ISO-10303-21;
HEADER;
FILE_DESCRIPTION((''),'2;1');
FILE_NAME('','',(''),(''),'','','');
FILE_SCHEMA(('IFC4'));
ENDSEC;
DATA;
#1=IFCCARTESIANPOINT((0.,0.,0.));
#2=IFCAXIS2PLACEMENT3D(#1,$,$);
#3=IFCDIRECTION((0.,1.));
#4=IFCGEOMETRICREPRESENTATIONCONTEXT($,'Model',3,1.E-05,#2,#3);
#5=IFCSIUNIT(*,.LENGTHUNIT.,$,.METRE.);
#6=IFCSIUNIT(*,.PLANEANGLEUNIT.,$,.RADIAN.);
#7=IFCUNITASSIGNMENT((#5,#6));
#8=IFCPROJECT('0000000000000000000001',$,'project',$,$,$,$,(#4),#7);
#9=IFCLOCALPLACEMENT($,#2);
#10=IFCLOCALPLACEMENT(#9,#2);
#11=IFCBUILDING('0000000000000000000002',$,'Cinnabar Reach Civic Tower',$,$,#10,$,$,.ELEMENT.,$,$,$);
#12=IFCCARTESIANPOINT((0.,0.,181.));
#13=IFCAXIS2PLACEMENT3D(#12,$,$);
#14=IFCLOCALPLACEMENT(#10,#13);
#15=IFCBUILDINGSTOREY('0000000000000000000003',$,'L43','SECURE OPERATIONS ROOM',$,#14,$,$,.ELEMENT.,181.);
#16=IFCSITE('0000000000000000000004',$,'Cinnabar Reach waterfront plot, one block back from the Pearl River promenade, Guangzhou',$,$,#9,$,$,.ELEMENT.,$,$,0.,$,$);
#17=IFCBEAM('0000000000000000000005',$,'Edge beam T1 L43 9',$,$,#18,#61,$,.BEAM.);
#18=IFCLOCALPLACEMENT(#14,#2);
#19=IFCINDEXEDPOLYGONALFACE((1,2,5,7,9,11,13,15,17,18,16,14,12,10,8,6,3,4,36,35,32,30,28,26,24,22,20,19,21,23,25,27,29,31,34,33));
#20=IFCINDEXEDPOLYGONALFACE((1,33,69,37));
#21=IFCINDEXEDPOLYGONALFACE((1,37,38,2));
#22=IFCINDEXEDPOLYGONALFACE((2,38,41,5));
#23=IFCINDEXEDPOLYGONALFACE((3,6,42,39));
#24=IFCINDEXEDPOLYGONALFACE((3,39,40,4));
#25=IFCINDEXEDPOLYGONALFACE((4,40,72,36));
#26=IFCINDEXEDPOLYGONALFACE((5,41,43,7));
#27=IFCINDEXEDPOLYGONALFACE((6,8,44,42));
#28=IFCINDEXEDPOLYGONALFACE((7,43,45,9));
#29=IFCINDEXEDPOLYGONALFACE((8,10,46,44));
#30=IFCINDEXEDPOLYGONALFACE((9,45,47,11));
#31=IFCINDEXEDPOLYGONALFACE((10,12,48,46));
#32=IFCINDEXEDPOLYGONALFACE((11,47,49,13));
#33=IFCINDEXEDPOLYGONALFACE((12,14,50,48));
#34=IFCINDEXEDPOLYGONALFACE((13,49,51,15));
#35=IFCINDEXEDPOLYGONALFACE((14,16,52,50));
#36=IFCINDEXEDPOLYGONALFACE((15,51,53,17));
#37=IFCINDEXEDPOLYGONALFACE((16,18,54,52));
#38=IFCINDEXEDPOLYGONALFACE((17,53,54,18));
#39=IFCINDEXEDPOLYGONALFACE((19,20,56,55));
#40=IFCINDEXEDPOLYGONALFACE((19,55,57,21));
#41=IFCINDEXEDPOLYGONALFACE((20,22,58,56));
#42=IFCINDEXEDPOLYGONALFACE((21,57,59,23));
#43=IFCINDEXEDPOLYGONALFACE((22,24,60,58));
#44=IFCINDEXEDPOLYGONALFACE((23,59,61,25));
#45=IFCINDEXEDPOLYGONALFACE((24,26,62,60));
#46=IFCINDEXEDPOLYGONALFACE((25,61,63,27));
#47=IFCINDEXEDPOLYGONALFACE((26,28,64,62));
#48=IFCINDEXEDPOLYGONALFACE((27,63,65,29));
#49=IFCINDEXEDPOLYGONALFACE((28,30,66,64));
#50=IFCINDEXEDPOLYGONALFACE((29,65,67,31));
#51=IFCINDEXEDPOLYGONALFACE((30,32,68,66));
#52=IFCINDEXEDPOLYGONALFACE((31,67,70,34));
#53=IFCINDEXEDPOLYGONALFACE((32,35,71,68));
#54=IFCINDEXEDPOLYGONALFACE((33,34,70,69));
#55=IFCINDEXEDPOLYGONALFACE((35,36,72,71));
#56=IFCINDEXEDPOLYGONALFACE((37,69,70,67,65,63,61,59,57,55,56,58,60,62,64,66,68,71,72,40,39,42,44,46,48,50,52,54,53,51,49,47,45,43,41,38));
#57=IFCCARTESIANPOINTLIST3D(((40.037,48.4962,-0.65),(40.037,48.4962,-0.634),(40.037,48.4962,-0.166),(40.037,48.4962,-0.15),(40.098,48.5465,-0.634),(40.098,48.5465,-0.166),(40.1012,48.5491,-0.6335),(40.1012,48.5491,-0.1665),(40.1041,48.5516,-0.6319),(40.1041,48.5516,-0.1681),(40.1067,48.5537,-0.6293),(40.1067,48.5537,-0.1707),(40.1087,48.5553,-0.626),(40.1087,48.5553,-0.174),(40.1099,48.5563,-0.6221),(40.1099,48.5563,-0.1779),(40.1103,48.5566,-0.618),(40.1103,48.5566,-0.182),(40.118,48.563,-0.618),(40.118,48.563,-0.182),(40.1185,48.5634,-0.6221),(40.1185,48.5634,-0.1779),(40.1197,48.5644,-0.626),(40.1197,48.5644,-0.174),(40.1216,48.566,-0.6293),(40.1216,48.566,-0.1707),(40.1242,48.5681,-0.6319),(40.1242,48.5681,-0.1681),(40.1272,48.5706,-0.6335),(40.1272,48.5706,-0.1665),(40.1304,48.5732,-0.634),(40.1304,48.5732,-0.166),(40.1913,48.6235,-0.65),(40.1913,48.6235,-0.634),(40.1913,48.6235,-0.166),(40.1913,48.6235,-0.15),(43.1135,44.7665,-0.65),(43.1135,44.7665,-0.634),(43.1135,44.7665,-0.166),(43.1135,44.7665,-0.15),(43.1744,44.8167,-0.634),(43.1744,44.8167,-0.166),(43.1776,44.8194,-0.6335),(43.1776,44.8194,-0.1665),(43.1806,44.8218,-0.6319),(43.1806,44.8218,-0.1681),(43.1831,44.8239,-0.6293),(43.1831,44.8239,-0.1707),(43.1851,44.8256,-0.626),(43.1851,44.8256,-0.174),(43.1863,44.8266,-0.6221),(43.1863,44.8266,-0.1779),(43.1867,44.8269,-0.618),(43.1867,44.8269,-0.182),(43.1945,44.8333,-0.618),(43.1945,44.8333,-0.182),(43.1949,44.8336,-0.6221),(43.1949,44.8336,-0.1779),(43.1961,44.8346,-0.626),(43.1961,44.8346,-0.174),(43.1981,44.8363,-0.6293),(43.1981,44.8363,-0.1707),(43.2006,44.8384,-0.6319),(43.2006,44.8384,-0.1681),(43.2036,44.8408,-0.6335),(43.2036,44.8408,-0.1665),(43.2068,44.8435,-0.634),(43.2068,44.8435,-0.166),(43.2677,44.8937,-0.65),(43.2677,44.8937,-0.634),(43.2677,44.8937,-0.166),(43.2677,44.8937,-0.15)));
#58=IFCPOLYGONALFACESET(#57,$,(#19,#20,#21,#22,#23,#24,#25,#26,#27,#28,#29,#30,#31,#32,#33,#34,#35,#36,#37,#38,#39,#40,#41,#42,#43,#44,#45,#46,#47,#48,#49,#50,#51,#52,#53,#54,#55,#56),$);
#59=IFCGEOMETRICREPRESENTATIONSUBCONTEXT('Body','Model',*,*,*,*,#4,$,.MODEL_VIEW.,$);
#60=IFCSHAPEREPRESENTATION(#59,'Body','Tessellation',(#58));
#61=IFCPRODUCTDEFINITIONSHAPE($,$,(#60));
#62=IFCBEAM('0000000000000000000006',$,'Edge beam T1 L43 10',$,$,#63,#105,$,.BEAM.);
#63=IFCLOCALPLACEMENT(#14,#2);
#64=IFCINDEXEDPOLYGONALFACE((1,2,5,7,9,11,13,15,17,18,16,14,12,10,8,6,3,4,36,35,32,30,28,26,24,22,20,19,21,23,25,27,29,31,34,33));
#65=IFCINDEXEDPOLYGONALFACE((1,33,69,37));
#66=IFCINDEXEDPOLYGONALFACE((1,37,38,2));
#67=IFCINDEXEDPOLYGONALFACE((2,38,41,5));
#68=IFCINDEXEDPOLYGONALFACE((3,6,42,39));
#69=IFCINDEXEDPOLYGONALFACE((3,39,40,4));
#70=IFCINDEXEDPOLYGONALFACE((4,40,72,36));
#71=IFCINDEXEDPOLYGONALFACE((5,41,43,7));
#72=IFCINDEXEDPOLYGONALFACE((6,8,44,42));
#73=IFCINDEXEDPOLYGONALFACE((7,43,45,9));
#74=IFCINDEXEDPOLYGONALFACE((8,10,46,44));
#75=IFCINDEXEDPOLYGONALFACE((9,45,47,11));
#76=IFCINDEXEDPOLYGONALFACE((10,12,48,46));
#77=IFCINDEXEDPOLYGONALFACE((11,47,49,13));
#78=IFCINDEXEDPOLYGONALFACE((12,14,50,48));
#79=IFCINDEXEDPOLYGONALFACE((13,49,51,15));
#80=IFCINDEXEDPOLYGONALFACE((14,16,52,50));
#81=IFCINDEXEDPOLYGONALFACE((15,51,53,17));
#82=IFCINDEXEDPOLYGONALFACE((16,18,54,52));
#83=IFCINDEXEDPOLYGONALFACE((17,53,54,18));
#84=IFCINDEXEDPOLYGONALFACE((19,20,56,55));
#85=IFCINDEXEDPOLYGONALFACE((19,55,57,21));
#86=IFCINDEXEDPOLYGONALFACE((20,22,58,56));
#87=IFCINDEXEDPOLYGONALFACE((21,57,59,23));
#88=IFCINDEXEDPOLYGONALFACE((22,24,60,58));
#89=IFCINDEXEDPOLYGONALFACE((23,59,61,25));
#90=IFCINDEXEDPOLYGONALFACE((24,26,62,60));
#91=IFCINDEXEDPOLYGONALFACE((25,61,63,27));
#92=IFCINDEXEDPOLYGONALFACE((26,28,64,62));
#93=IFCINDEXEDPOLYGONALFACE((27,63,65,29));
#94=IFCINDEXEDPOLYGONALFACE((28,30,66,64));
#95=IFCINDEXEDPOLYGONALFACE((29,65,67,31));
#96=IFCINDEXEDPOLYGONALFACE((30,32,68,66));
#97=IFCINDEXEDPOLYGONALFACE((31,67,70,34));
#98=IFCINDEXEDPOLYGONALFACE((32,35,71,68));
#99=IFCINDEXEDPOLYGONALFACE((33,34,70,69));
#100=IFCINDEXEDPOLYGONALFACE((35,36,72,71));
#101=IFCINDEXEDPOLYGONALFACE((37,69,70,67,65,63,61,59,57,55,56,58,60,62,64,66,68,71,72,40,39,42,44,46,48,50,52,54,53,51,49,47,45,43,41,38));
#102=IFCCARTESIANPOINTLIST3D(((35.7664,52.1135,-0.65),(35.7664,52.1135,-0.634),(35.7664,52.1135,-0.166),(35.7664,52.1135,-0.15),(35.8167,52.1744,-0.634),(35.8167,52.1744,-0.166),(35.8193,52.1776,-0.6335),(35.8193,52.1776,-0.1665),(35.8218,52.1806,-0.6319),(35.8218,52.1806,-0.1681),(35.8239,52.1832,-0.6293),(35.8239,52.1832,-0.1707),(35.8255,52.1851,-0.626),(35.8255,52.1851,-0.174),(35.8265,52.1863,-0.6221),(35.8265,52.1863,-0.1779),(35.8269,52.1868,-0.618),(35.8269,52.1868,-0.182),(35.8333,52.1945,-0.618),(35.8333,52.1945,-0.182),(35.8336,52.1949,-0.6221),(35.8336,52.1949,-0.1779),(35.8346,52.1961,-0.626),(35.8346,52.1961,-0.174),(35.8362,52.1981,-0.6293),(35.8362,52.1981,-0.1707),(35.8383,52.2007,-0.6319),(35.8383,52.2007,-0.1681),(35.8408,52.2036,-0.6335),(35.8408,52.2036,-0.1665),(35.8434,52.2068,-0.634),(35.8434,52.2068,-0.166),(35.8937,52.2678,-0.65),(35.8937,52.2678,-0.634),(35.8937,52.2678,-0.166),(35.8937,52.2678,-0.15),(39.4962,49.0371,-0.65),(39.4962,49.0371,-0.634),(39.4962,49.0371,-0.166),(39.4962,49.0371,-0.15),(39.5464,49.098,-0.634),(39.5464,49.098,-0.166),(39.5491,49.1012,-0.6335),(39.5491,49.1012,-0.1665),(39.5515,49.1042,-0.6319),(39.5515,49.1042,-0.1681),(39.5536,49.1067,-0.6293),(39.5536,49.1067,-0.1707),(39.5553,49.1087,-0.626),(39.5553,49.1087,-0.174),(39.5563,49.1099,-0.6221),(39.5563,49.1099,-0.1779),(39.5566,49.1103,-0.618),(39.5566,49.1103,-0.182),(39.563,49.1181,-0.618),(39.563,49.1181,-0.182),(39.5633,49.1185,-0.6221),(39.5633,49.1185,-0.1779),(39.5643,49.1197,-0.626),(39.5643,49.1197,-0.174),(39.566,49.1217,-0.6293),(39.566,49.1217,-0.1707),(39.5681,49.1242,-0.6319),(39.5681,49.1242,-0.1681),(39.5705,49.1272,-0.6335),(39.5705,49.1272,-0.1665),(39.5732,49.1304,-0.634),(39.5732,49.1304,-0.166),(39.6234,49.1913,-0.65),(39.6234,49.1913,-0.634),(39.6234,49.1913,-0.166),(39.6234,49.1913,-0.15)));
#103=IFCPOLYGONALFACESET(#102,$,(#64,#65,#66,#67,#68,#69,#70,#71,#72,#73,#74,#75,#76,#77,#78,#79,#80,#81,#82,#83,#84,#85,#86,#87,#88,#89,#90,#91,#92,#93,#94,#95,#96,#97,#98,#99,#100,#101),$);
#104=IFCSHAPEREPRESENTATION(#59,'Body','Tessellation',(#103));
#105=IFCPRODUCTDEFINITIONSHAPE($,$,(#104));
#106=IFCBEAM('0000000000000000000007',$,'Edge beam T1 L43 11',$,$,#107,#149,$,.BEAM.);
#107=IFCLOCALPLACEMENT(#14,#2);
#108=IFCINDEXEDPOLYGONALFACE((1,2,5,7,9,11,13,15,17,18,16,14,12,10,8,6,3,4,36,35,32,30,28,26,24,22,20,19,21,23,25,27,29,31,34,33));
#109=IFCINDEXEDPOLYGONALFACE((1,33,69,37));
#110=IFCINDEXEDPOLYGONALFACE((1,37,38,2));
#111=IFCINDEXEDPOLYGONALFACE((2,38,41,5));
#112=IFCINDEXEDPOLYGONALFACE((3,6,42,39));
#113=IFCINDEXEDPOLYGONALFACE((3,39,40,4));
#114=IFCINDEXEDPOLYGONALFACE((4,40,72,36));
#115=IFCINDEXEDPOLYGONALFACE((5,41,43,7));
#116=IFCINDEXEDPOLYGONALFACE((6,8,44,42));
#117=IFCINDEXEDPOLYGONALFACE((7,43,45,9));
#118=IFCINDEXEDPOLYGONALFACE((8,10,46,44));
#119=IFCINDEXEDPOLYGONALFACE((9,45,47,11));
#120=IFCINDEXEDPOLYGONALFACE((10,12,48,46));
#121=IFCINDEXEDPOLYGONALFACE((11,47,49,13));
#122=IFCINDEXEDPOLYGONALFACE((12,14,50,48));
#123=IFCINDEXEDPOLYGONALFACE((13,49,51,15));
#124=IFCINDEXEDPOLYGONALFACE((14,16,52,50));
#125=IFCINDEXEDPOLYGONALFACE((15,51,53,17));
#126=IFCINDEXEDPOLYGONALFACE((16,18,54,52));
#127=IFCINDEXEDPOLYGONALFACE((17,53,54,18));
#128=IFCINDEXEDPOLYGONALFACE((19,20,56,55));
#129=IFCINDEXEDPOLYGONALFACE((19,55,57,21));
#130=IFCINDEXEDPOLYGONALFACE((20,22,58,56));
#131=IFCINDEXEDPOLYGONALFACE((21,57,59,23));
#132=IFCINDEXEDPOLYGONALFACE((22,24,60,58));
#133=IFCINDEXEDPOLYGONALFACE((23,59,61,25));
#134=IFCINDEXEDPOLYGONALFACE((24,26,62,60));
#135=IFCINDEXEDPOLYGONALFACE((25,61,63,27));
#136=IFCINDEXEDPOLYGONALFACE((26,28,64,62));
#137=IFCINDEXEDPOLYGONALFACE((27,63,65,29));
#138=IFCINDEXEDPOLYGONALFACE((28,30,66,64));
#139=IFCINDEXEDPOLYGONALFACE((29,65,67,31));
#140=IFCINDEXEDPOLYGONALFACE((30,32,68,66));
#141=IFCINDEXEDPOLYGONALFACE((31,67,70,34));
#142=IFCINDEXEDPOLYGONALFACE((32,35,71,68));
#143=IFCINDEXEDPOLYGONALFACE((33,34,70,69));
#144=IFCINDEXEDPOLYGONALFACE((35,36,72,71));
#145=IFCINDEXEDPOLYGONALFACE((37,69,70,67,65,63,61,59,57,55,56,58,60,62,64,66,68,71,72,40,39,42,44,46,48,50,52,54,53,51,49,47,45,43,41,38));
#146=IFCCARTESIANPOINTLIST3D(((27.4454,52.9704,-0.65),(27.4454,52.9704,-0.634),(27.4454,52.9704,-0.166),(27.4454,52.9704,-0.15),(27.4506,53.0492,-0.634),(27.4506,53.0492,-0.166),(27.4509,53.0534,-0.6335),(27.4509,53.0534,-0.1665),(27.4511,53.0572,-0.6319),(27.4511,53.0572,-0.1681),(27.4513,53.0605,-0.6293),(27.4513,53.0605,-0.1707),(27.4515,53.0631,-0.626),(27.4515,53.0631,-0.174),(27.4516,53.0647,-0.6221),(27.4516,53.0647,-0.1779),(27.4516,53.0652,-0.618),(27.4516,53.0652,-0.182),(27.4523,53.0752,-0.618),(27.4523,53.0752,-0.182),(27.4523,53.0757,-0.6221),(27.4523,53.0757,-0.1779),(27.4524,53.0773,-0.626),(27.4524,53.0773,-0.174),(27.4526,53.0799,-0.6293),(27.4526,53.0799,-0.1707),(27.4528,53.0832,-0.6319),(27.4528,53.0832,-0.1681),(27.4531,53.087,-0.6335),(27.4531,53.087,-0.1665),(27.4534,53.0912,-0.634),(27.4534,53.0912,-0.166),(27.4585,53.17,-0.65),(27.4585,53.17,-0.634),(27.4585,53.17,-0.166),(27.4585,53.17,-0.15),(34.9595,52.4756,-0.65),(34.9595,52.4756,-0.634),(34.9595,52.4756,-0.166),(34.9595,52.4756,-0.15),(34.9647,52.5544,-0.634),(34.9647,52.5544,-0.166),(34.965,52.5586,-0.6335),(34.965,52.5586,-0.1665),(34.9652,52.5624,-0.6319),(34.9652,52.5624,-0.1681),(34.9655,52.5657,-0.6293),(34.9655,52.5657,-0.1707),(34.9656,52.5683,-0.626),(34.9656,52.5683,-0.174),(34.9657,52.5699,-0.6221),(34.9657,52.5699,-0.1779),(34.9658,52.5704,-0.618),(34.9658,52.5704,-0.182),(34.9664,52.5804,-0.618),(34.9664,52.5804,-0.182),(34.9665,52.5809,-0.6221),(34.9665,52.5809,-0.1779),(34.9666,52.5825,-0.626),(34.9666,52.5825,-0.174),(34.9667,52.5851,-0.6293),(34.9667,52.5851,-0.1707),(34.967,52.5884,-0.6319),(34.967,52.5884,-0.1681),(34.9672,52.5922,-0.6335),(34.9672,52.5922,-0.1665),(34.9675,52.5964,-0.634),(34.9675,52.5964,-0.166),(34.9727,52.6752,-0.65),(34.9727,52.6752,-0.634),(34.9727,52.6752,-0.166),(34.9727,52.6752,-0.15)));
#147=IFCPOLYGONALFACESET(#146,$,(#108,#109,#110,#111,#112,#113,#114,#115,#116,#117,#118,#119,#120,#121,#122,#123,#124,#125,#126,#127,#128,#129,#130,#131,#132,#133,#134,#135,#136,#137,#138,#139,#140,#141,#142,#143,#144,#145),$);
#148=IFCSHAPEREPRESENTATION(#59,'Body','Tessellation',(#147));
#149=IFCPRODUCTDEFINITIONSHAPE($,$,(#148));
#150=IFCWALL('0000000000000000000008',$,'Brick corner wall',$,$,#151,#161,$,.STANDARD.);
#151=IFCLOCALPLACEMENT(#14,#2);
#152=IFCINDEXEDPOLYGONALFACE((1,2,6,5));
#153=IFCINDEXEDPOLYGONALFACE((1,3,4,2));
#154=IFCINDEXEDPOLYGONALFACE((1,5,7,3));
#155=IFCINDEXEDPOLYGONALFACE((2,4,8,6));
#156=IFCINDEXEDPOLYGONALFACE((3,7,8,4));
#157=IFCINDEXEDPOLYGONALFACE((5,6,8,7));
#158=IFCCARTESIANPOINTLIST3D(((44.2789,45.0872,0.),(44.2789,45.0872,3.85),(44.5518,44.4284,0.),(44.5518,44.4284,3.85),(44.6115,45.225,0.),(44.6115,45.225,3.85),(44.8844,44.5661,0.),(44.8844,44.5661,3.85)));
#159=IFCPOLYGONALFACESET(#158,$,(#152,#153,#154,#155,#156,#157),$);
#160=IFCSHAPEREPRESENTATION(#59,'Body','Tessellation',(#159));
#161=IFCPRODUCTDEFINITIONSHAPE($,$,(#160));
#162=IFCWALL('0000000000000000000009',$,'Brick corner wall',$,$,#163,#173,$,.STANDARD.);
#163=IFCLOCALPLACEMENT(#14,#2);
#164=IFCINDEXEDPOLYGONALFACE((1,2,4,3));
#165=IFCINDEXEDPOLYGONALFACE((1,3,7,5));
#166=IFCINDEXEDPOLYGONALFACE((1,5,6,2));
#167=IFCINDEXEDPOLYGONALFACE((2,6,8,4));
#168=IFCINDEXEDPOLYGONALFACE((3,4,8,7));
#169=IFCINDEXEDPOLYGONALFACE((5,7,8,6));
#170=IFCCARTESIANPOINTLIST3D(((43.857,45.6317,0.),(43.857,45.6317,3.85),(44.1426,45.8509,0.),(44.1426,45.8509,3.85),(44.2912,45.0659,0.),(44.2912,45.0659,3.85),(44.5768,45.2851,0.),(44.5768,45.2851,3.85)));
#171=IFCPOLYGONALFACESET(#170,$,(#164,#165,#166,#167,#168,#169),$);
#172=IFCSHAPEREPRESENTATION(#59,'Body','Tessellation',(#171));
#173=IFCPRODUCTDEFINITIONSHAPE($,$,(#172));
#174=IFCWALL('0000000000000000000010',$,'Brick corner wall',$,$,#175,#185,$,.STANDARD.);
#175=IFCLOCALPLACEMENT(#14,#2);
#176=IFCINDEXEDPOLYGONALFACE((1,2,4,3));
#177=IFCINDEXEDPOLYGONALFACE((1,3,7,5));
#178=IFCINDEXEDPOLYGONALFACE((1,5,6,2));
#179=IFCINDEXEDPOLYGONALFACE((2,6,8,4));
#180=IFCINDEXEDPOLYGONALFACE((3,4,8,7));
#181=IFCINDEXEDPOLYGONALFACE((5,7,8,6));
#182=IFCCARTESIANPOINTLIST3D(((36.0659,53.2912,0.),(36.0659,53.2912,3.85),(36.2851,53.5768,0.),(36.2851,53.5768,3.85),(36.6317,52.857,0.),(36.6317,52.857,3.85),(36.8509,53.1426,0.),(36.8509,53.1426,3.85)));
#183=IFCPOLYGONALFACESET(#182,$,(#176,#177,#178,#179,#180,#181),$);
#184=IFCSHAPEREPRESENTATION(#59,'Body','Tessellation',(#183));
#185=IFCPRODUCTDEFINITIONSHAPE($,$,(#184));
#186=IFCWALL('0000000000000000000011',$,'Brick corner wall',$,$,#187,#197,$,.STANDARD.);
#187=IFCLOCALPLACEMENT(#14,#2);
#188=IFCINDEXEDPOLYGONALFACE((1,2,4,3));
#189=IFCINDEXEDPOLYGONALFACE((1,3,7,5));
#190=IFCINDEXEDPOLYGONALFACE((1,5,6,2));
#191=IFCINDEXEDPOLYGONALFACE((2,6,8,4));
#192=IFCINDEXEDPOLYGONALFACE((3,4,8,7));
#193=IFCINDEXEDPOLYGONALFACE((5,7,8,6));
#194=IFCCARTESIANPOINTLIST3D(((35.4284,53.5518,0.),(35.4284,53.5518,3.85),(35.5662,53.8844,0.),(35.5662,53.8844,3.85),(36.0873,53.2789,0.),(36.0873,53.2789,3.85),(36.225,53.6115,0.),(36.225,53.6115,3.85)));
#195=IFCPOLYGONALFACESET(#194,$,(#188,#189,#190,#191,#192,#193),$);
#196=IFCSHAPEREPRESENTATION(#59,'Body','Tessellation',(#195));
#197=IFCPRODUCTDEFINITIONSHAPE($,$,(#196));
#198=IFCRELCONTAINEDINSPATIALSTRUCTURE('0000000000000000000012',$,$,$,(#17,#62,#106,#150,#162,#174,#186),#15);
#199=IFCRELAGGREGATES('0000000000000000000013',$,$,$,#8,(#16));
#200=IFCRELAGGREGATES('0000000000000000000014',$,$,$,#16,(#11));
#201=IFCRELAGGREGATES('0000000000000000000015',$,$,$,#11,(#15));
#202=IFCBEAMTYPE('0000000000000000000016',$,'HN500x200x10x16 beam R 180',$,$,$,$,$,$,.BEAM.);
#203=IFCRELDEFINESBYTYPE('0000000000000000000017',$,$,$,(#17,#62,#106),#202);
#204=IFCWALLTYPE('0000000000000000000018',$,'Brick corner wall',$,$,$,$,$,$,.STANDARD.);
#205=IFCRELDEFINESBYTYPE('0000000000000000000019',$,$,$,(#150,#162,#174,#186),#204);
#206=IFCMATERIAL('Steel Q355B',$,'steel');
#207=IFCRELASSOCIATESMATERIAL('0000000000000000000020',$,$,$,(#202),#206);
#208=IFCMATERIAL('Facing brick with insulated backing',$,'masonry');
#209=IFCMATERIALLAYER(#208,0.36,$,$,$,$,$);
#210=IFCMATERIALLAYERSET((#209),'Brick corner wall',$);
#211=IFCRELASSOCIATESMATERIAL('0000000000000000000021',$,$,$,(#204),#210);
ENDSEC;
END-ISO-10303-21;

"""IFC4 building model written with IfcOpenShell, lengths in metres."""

from ifc_helpers import new_model, si_unit, direction, frame, frame_2d, origin, origin_2d, place, context, subcontext, project, spatial, rectangle, i_section, extrude, material, layer, layer_set, material_profile, profile_set, type_object, element, save


model = new_model("IFC4")

# Units and contexts
model_context = context("Model", 3, precision=1e-05, world=origin(), true_north=direction((0.0, 1.0)))
body_context = subcontext(model_context, "Body", "Model", "MODEL_VIEW")
ifc_project = project(units=[si_unit("LENGTHUNIT", "METRE"), si_unit("PLANEANGLEUNIT", "RADIAN")], contexts=[model_context])

# Site, building, storey
site_placement = place(None, origin())
site = spatial("IfcSite", under=ifc_project, at=site_placement, Name="Cinnabar Reach waterfront plot, one block back from the Pearl River promenade, Guangzhou", CompositionType="ELEMENT", RefElevation=0.0)
building_placement = place(site_placement, origin())
building = spatial("IfcBuilding", under=site, at=building_placement, Name="Cinnabar Reach Civic Tower", CompositionType="ELEMENT")
storey_placement = place(building_placement, frame((0.0, 0.0, 181.0)))
storey = spatial("IfcBuildingStorey", under=building, at=storey_placement, Name="L43", Description="SECURE OPERATIONS ROOM", CompositionType="ELEMENT", Elevation=181.0)

# Beams
ifc_material_1 = material(Name="Steel Q355B", Category="steel")
ifc_material_profile_1 = material_profile(ifc_material_1, i_section(OverallWidth=0.2, OverallDepth=0.5, WebThickness=0.01, FlangeThickness=0.016, FilletRadius=0.016, at=origin_2d()), Name="HN500x200x10x16")
ifc_profile_set_1 = profile_set([ifc_material_profile_1], Name="Steel Q355B")
beam_type_1 = type_object("IfcBeamType", Name="HN500x200x10x16 beam R 180", PredefinedType="BEAM", material=ifc_profile_set_1)
for number, where, z_axis, x_axis, name in (
    (1, (43.1906, 44.8301, -0.4), (-0.636309, 0.771434, 0.0), (-0.771434, -0.636309, 0.0), "Edge beam T1 L43 9"),
    (2, (39.5598, 49.1142, -0.4), (-0.771434, 0.636309, 0.0), (-0.636309, -0.771434, 0.0), "Edge beam T1 L43 10"),
):
    element("IfcBeam", number, at=place(storey_placement, frame(where, z_axis=z_axis, x_axis=x_axis)), inside=storey, type_object=beam_type_1, Name=name, PredefinedType="BEAM", context=body_context, shape_type="SweptSolid", body=[
        extrude(i_section(OverallWidth=0.2, OverallDepth=0.5, WebThickness=0.01, FlangeThickness=0.016, FilletRadius=0.016, at=origin_2d()), origin(), (0.0, 0.0, 1.0), 4.8348),
    ])
beam_1_placement = place(storey_placement, frame((34.9661, 52.5754, -0.4), z_axis=(-0.997839, 0.065707, 0.0), x_axis=(-0.065707, -0.997839, 0.0)))
element("IfcBeam", 3, at=beam_1_placement, inside=storey, type_object=beam_type_1, Name="Edge beam T1 L43 11", PredefinedType="BEAM", context=body_context, shape_type="SweptSolid", body=[
    extrude(i_section(OverallWidth=0.2, OverallDepth=0.5, WebThickness=0.01, FlangeThickness=0.016, FilletRadius=0.016, at=origin_2d()), origin(), (0.0, 0.0, 1.0), 7.5304),
])

# Walls
ifc_material_2 = material(Name="Facing brick with insulated backing", Category="masonry")
ifc_layer_1 = layer(ifc_material_2, 0.36)
ifc_layer_set_1 = layer_set([ifc_layer_1], Name="Brick corner wall")
wall_type_1 = type_object("IfcWallType", Name="Brick corner wall", PredefinedType="STANDARD", material=ifc_layer_set_1)
wall_1_placement = place(storey_placement, frame((44.7181, 44.4973, 0.0), z_axis=(0.0, 0.0, 1.0), x_axis=(-0.382703, 0.923872, 0.0)))
element("IfcWall", 4, at=wall_1_placement, inside=storey, type_object=wall_type_1, Name="Brick corner wall", PredefinedType="STANDARD", context=body_context, shape_type="SweptSolid", body=[
    extrude(rectangle(XDim=0.7131, YDim=0.36, at=frame_2d((0.3565, 0.0))), origin(), (0.0, 0.0, 1.0), 3.85),
])
for number, where, z_axis, x_axis, name in (
    (5, (44.434, 45.1755, 0.0), (0.0, 0.0, 1.0), (-0.608802, 0.793322, 0.0), "Brick corner wall"),
    (6, (36.7413, 52.9998, 0.0), (0.0, 0.0, 1.0), (-0.793322, 0.608802, 0.0), "Brick corner wall"),
):
    element("IfcWall", number, at=place(storey_placement, frame(where, z_axis=z_axis, x_axis=x_axis)), inside=storey, type_object=wall_type_1, Name=name, PredefinedType="STANDARD", context=body_context, shape_type="SweptSolid", body=[
        extrude(rectangle(XDim=0.7132, YDim=0.36, at=frame_2d((0.3566, 0.0))), origin(), (0.0, 0.0, 1.0), 3.85),
    ])
for number, where, z_axis, x_axis, name in (
    (7, (36.1561, 53.4452, 0.0), (0.0, 0.0, 1.0), (-0.923872, 0.382703, 0.0), "Brick corner wall"),
):
    element("IfcWall", number, at=place(storey_placement, frame(where, z_axis=z_axis, x_axis=x_axis)), inside=storey, type_object=wall_type_1, Name=name, PredefinedType="STANDARD", context=body_context, shape_type="SweptSolid", body=[
        extrude(rectangle(XDim=0.7131, YDim=0.36, at=frame_2d((0.3565, 0.0))), origin(), (0.0, 0.0, 1.0), 3.85),
    ])

save(model, "model.ifc")
